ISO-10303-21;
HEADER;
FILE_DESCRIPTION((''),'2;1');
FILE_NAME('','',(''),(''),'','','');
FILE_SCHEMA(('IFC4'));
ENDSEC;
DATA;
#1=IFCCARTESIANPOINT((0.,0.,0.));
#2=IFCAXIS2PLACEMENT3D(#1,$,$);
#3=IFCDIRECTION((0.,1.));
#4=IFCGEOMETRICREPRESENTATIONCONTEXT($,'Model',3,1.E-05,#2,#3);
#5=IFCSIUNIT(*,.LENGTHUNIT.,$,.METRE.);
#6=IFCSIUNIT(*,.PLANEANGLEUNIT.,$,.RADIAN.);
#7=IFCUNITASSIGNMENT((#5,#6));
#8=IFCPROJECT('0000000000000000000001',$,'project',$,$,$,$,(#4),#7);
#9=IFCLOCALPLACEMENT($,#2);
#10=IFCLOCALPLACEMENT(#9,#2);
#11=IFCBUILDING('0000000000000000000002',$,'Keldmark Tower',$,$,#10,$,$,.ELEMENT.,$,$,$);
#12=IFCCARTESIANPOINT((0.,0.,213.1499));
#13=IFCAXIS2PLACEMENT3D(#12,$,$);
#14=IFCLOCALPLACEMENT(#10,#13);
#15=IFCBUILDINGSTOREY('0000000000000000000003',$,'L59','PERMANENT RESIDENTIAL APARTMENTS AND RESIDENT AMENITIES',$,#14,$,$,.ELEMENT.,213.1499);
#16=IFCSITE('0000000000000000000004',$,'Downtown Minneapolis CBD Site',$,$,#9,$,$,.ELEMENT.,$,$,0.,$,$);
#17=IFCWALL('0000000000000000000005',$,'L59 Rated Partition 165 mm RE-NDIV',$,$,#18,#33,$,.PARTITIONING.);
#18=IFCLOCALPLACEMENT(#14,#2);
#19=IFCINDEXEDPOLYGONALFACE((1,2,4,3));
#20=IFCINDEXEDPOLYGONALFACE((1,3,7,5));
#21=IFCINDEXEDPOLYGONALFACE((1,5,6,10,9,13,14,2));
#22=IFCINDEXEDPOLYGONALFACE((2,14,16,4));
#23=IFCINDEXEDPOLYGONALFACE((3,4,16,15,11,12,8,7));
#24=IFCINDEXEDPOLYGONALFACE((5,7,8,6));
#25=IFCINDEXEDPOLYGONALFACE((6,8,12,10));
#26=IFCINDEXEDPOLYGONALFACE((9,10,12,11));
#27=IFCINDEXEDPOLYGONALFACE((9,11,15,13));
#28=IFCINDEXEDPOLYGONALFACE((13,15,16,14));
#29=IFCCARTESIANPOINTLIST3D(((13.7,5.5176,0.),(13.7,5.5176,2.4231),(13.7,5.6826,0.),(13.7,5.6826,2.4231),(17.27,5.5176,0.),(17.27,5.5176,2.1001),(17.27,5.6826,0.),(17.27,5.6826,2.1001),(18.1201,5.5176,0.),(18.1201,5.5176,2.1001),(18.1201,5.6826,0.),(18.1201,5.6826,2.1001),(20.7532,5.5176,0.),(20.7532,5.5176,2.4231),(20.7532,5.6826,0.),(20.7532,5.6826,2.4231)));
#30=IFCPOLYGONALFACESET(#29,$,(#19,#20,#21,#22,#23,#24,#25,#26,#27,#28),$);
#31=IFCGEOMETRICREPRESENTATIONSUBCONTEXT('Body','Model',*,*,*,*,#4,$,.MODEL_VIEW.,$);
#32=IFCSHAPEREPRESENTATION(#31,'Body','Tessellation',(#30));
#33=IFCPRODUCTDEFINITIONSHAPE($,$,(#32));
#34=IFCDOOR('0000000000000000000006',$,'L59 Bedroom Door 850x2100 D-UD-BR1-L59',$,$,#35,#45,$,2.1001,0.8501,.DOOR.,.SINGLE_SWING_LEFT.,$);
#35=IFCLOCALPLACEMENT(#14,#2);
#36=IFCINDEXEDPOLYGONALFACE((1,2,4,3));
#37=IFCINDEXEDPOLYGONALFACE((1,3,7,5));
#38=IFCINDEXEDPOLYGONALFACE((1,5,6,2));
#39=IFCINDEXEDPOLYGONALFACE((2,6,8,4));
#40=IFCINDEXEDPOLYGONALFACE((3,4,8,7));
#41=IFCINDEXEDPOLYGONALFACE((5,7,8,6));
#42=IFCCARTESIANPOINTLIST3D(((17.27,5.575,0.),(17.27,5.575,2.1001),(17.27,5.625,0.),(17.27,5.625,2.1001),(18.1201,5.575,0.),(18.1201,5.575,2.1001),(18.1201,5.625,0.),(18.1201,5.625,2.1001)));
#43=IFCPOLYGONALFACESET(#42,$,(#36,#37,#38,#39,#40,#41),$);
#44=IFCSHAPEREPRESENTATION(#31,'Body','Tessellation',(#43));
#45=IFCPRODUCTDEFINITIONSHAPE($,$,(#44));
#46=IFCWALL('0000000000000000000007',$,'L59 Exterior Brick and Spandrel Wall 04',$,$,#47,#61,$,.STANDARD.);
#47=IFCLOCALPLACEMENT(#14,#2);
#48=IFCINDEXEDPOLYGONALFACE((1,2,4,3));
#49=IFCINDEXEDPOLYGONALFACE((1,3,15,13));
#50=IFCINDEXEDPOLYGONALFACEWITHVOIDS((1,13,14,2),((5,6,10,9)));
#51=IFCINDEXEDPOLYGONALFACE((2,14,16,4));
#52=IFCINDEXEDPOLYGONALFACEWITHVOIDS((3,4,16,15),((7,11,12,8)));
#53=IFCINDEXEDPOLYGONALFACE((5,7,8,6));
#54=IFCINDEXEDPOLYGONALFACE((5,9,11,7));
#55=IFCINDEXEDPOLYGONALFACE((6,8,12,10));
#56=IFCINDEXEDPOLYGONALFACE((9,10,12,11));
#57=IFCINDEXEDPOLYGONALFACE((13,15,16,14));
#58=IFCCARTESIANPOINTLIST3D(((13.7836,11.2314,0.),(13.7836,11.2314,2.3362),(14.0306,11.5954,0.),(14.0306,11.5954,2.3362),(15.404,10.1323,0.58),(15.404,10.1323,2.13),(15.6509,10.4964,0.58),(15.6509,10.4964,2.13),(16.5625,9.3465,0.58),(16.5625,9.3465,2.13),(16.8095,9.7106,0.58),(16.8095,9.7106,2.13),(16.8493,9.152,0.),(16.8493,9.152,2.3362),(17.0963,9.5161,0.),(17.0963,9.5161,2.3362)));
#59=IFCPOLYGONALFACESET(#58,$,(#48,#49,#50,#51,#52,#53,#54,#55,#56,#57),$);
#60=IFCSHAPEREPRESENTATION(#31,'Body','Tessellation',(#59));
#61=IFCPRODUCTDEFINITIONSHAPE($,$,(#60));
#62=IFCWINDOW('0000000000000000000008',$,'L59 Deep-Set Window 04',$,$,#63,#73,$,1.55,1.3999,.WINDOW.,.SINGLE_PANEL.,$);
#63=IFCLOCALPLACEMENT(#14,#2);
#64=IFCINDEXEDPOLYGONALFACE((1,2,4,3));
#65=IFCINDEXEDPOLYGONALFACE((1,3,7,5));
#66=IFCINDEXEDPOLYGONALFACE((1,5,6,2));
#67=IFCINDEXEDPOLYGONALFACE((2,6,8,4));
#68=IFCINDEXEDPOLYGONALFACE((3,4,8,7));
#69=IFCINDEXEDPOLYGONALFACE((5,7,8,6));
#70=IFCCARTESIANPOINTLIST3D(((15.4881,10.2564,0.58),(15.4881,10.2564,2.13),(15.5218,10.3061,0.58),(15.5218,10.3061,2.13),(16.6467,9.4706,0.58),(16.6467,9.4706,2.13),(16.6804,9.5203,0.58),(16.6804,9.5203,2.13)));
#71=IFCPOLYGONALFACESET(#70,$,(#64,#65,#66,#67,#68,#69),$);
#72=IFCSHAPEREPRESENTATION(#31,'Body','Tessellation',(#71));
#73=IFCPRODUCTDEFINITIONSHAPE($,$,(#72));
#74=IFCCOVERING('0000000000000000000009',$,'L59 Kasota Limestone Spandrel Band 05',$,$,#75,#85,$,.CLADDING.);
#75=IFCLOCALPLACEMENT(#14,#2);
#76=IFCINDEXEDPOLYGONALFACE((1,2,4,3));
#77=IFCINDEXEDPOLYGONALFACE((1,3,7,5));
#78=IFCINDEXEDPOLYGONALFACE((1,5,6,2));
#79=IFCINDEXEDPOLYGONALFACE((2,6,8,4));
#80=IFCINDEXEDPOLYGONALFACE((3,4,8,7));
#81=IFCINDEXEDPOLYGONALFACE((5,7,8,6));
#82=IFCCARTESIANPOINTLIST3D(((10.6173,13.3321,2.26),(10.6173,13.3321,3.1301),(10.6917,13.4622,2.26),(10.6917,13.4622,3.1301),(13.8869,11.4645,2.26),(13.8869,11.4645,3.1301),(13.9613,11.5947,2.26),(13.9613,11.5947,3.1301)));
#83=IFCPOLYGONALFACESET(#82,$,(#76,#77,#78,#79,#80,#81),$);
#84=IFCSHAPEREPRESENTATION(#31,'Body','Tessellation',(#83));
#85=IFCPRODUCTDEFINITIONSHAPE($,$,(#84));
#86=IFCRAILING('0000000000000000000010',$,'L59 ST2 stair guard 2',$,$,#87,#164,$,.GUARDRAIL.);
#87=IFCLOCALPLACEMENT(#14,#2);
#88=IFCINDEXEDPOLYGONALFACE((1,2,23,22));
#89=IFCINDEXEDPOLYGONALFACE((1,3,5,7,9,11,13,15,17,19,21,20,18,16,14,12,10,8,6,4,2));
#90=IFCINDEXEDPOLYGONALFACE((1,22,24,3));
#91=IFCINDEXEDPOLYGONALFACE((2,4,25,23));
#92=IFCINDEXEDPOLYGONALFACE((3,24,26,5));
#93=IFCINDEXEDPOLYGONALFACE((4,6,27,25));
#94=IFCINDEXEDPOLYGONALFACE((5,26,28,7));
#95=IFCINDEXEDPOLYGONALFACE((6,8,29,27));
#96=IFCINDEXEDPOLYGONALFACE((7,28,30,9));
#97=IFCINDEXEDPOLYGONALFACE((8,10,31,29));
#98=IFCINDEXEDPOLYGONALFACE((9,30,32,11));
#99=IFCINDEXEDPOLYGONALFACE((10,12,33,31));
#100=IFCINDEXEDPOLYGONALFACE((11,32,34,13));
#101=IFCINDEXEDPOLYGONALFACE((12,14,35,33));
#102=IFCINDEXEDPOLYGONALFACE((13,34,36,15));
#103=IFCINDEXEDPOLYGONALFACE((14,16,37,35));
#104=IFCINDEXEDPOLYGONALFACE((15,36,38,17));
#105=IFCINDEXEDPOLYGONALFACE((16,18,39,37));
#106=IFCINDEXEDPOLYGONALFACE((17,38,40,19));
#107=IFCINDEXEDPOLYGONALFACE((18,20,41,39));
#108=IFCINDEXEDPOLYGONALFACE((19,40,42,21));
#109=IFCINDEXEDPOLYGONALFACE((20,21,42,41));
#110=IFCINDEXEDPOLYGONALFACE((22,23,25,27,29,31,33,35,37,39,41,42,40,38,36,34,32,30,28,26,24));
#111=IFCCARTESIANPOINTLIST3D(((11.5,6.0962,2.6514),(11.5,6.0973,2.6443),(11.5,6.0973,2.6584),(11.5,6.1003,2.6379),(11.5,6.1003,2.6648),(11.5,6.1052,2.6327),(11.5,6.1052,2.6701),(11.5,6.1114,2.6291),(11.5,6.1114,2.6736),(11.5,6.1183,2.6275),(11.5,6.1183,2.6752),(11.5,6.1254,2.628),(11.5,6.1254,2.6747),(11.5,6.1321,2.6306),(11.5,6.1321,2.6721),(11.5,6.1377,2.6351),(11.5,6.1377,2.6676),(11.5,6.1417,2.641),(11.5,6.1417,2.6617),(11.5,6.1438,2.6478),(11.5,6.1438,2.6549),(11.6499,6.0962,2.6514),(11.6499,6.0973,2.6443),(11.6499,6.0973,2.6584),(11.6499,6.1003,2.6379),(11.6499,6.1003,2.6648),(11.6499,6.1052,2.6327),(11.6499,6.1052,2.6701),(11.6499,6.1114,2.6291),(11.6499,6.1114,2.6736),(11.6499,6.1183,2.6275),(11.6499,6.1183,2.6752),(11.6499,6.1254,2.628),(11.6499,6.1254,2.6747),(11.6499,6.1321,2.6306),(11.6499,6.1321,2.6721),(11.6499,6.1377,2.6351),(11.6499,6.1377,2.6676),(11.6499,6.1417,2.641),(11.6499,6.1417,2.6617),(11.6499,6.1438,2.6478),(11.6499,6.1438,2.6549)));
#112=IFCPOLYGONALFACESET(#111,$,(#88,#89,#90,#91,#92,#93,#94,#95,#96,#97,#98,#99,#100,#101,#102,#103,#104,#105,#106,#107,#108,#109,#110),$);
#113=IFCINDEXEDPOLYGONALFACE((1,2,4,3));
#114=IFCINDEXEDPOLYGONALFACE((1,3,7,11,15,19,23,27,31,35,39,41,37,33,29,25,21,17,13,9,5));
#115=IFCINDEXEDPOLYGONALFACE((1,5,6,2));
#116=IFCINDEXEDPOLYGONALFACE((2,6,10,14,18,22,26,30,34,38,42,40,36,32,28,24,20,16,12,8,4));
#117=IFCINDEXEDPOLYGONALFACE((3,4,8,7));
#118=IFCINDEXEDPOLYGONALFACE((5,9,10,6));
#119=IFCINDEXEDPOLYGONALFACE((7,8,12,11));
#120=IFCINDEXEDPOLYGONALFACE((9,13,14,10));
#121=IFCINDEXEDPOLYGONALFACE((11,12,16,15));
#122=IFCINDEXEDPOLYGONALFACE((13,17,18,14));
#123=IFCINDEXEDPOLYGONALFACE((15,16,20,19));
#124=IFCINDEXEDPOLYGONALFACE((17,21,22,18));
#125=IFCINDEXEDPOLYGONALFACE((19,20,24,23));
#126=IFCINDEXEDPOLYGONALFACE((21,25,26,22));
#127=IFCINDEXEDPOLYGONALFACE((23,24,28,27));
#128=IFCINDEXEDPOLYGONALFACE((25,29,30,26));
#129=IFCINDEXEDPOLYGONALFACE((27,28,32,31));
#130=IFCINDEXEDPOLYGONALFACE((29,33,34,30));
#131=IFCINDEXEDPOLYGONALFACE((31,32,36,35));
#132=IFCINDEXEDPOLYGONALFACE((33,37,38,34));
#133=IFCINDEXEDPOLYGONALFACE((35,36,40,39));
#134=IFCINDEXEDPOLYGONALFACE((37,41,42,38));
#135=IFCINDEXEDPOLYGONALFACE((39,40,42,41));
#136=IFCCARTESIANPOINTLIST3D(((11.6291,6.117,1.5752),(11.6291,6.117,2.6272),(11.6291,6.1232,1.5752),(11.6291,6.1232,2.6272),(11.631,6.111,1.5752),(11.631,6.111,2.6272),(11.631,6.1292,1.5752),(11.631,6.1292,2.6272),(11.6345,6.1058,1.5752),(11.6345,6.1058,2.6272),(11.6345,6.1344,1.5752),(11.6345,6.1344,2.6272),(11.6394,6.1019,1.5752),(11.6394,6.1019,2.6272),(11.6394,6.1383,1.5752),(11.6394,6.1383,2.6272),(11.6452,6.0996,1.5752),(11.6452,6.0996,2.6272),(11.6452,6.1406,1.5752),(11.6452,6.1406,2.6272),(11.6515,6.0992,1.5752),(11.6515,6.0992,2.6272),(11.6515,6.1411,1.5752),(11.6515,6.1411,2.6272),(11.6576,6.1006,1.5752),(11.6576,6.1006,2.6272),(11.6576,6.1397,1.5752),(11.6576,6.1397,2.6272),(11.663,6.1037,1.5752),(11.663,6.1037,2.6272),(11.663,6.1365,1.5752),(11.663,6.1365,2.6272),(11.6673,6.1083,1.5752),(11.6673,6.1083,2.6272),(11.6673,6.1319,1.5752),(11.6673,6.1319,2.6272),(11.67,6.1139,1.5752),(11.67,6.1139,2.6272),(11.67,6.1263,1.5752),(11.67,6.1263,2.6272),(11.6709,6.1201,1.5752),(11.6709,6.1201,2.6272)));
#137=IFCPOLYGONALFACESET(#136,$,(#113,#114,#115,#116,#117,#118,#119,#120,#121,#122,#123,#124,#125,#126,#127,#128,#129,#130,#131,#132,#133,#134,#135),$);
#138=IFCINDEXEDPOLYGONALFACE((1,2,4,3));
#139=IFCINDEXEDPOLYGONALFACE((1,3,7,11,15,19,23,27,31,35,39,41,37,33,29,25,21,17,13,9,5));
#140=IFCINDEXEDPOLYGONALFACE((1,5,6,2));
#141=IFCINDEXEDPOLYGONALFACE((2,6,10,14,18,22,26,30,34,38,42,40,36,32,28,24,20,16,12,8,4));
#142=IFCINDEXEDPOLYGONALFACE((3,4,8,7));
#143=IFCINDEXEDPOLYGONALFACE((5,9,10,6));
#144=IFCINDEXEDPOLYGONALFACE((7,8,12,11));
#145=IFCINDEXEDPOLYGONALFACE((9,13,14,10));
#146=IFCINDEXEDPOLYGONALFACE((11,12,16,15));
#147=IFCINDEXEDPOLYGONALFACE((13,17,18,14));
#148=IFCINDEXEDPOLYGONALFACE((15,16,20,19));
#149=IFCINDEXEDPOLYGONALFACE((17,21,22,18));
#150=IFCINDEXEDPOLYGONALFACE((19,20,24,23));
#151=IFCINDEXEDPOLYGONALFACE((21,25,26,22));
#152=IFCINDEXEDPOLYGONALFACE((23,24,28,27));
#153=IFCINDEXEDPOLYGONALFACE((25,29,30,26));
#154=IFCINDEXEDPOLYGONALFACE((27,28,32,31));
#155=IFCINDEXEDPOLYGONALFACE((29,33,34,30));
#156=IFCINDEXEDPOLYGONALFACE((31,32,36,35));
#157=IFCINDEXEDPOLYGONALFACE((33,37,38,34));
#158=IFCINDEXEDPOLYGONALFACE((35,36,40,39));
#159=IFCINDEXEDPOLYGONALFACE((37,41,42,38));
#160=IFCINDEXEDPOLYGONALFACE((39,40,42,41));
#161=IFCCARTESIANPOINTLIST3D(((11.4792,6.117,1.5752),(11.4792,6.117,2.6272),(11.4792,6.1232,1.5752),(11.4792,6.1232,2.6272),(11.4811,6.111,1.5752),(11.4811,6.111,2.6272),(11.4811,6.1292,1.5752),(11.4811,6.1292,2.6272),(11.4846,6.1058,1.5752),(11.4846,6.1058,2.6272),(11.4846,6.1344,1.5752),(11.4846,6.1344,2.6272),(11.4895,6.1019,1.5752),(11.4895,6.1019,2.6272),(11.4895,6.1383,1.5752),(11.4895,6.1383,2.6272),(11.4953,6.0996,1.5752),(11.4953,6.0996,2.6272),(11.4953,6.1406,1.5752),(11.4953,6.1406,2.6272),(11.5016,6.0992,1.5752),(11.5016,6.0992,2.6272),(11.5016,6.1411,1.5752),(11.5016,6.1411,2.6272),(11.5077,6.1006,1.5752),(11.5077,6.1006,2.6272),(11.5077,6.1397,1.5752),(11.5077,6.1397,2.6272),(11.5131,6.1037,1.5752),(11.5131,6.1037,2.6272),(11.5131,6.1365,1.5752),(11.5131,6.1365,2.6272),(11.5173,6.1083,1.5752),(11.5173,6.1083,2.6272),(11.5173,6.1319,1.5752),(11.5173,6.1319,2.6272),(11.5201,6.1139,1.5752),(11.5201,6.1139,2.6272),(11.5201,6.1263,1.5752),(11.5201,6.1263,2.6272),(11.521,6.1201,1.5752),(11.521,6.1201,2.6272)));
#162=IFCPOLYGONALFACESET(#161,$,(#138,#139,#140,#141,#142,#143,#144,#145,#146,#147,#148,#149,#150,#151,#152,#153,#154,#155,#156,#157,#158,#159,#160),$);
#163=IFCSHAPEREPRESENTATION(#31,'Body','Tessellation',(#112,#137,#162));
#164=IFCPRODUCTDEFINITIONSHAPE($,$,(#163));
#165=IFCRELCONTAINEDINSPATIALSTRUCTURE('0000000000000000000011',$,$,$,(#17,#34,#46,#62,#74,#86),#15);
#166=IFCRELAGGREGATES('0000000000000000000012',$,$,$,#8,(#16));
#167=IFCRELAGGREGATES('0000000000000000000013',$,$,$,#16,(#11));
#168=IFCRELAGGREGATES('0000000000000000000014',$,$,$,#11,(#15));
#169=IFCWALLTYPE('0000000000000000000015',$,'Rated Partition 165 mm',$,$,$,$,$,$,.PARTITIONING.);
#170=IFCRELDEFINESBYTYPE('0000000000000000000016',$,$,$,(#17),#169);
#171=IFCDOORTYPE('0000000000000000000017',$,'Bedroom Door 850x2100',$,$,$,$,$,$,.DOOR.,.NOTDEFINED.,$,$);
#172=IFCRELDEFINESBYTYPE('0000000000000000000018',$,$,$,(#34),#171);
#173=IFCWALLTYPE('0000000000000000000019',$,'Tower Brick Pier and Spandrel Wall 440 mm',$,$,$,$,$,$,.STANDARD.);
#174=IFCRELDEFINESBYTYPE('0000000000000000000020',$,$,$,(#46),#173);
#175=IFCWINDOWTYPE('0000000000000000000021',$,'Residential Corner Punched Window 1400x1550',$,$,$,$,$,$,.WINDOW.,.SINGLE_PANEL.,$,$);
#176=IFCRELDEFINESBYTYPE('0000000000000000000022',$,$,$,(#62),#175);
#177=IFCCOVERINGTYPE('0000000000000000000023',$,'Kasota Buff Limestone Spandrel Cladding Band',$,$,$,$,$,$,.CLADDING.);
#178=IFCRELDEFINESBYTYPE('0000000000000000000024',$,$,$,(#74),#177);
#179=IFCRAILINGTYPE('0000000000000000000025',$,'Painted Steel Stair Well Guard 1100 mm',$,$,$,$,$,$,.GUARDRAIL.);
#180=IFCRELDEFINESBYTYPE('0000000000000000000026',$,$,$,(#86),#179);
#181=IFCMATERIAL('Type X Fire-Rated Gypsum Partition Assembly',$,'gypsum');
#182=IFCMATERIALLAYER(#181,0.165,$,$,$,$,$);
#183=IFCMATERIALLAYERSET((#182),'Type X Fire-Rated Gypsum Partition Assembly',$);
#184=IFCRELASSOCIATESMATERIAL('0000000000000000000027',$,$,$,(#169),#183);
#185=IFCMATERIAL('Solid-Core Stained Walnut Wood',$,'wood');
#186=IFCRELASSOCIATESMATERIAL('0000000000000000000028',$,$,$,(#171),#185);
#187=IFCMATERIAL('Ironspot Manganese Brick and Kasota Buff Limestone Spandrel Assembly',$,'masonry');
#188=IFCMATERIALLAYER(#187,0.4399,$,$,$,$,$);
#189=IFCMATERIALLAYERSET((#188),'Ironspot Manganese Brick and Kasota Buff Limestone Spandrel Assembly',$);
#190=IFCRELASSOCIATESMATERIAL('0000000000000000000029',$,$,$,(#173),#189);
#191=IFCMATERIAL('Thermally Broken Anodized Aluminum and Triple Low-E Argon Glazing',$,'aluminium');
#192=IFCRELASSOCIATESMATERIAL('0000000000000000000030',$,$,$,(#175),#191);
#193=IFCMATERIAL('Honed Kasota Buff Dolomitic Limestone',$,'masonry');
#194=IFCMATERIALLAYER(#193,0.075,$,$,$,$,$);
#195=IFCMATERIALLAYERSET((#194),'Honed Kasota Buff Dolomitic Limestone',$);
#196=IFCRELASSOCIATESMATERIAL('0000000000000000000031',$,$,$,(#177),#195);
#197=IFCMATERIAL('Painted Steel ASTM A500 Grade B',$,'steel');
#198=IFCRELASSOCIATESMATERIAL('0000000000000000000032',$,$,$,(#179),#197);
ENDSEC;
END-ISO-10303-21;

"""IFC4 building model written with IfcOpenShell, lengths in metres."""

from ifc_helpers import new_model, si_unit, direction, frame, frame_2d, origin, origin_2d, place, context, subcontext, project, spatial, rectangle, circle, extrude, material, layer, layer_set, type_object, element, fill, save


model = new_model("IFC4")

# Units and contexts
model_context = context("Model", 3, precision=1e-05, world=origin(), true_north=direction((0.0, 1.0)))
body_context = subcontext(model_context, "Body", "Model", "MODEL_VIEW")
ifc_project = project(units=[si_unit("LENGTHUNIT", "METRE"), si_unit("PLANEANGLEUNIT", "RADIAN")], contexts=[model_context])

# Site, building, storey
site_placement = place(None, origin())
site = spatial("IfcSite", under=ifc_project, at=site_placement, Name="Downtown Minneapolis CBD Site", CompositionType="ELEMENT", RefElevation=0.0)
building_placement = place(site_placement, origin())
building = spatial("IfcBuilding", under=site, at=building_placement, Name="Keldmark Tower", CompositionType="ELEMENT")
storey_placement = place(building_placement, frame((0.0, 0.0, 213.1499)))
storey = spatial("IfcBuildingStorey", under=building, at=storey_placement, Name="L59", Description="PERMANENT RESIDENTIAL APARTMENTS AND RESIDENT AMENITIES", CompositionType="ELEMENT", Elevation=213.1499)

# Wall, opening, door
ifc_material_1 = material(Name="Type X Fire-Rated Gypsum Partition Assembly", Category="gypsum")
ifc_layer_1 = layer(ifc_material_1, 0.165)
ifc_layer_set_1 = layer_set([ifc_layer_1], Name="Type X Fire-Rated Gypsum Partition Assembly")
wall_type_1 = type_object("IfcWallType", Name="Rated Partition 165 mm", PredefinedType="PARTITIONING", material=ifc_layer_set_1)
wall_1_placement = place(storey_placement, frame((13.7, 5.6001, 0.0), z_axis=(0.0, 0.0, 1.0), x_axis=(1.0, 0.0, 0.0)))
wall_1 = element("IfcWall", 1, at=wall_1_placement, inside=storey, type_object=wall_type_1, Name="L59 Rated Partition 165 mm RE-NDIV", PredefinedType="PARTITIONING", context=body_context, shape_type="SweptSolid", body=[
    extrude(rectangle(XDim=7.0532, YDim=0.165, at=frame_2d((3.5266, 0.0))), origin(), (0.0, 0.0, 1.0), 2.4231),
])
opening_1_placement = place(wall_1_placement, frame((3.5701, 0.0, 0.0)))
opening_1 = element("IfcOpeningElement", 2, at=opening_1_placement, cuts=wall_1, PredefinedType="OPENING", context=body_context, shape_type="SweptSolid", body=[
    extrude(rectangle(XDim=0.8501, YDim=2.1001, at=frame_2d((0.425, 1.05))), frame((0.0, 0.0925, 0.0), z_axis=(0.0, -1.0, 0.0), x_axis=(1.0, 0.0, 0.0)), (0.0, 0.0, 1.0), 0.1851),
])
ifc_material_2 = material(Name="Solid-Core Stained Walnut Wood", Category="wood")
door_type_1 = type_object("IfcDoorType", Name="Bedroom Door 850x2100", OperationType="NOTDEFINED", PredefinedType="DOOR", material=ifc_material_2)
door_1_placement = place(opening_1_placement, origin())
door_1 = element("IfcDoor", 3, at=door_1_placement, inside=storey, type_object=door_type_1, Name="L59 Bedroom Door 850x2100 D-UD-BR1-L59", OperationType="SINGLE_SWING_LEFT", OverallHeight=2.1001, OverallWidth=0.8501, PredefinedType="DOOR", context=body_context, shape_type="SweptSolid", body=[
    extrude(rectangle(XDim=0.8501, YDim=2.1001, at=frame_2d((0.425, 1.05))), frame((0.0, 0.0249, 0.0), z_axis=(0.0, -1.0, 0.0), x_axis=(1.0, 0.0, 0.0)), (0.0, 0.0, 1.0), 0.05),
])
fill(opening_1, door_1)

# Wall, opening, window
ifc_material_3 = material(Name="Ironspot Manganese Brick and Kasota Buff Limestone Spandrel Assembly", Category="masonry")
ifc_layer_2 = layer(ifc_material_3, 0.4399)
ifc_layer_set_2 = layer_set([ifc_layer_2], Name="Ironspot Manganese Brick and Kasota Buff Limestone Spandrel Assembly")
wall_type_2 = type_object("IfcWallType", Name="Tower Brick Pier and Spandrel Wall 440 mm", PredefinedType="STANDARD", material=ifc_layer_set_2)
wall_2_placement = place(storey_placement, frame((13.9072, 11.4133, 0.0), z_axis=(0.0, 0.0, 1.0), x_axis=(0.827593, -0.561329, 0.0)))
wall_2 = element("IfcWall", 4, at=wall_2_placement, inside=storey, type_object=wall_type_2, Name="L59 Exterior Brick and Spandrel Wall 04", PredefinedType="STANDARD", context=body_context, shape_type="SweptSolid", body=[
    extrude(rectangle(XDim=3.7043, YDim=0.4399, at=frame_2d((1.8521, 0.0))), origin(), (0.0, 0.0, 1.0), 2.3362),
])
opening_2_placement = place(wall_2_placement, frame((1.9578, 0.0, 0.5801)))
opening_2 = element("IfcOpeningElement", 5, at=opening_2_placement, cuts=wall_2, PredefinedType="OPENING", context=body_context, shape_type="SweptSolid", body=[
    extrude(rectangle(XDim=1.3999, YDim=1.55, at=frame_2d((0.7, 0.7749))), frame((0.0, 0.23, 0.0), z_axis=(0.0, -1.0, 0.0), x_axis=(1.0, 0.0, 0.0)), (0.0, 0.0, 1.0), 0.46),
])
ifc_material_4 = material(Name="Thermally Broken Anodized Aluminum and Triple Low-E Argon Glazing", Category="aluminium")
window_type = type_object("IfcWindowType", Name="Residential Corner Punched Window 1400x1550", PartitioningType="SINGLE_PANEL", PredefinedType="WINDOW", material=ifc_material_4)
window_placement = place(opening_2_placement, origin())
window = element("IfcWindow", 6, at=window_placement, inside=storey, type_object=window_type, Name="L59 Deep-Set Window 04", OverallHeight=1.55, OverallWidth=1.3999, PartitioningType="SINGLE_PANEL", PredefinedType="WINDOW", context=body_context, shape_type="SweptSolid", body=[
    extrude(rectangle(XDim=1.3999, YDim=1.55, at=frame_2d((0.7, 0.7749))), frame((0.0, -0.01, 0.0), z_axis=(0.0, -1.0, 0.0), x_axis=(1.0, 0.0, 0.0)), (0.0, 0.0, 1.0), 0.0601),
])
fill(opening_2, window)

# Covering
ifc_material_5 = material(Name="Honed Kasota Buff Dolomitic Limestone", Category="masonry")
ifc_layer_3 = layer(ifc_material_5, 0.075)
ifc_layer_set_3 = layer_set([ifc_layer_3], Name="Honed Kasota Buff Dolomitic Limestone")
covering_type = type_object("IfcCoveringType", Name="Kasota Buff Limestone Spandrel Cladding Band", PredefinedType="CLADDING", material=ifc_layer_set_3)
covering_placement = place(storey_placement, frame((12.2893, 12.4634, 2.26), z_axis=(0.0, 0.0, 1.0), x_axis=(-0.868337, 0.495974, 0.0)))
element("IfcCovering", 7, at=covering_placement, inside=storey, type_object=covering_type, Name="L59 Kasota Limestone Spandrel Band 05", PredefinedType="CLADDING", context=body_context, shape_type="SweptSolid", body=[
    extrude(rectangle(XDim=3.7654, YDim=0.1499, at=origin_2d()), origin(), (0.0, 0.0, 1.0), 0.8701),
])

# Railing
ifc_material_6 = material(Name="Painted Steel ASTM A500 Grade B", Category="steel")
railing_type = type_object("IfcRailingType", Name="Painted Steel Stair Well Guard 1100 mm", PredefinedType="GUARDRAIL", material=ifc_material_6)
railing_1_placement = place(storey_placement, frame((11.6499, 6.1201, 1.5752)))
element("IfcRailing", 8, at=railing_1_placement, inside=storey, type_object=railing_type, Name="L59 ST2 stair guard 2", PredefinedType="GUARDRAIL", context=body_context, shape_type="SweptSolid", body=[
    extrude(circle(Radius=0.0239, at=origin_2d()), frame((0.0, 0.0, 1.0762), z_axis=(-1.0, 0.0, 0.0), x_axis=(0.0, -1.0, 0.0)), (0.0, 0.0, 1.0), 0.1499),
    extrude(circle(Radius=0.021, at=origin_2d()), origin(), (0.0, 0.0, 1.0), 1.052),
    extrude(circle(Radius=0.021, at=origin_2d()), frame((-0.1499, 0.0, 0.0)), (0.0, 0.0, 1.0), 1.052),
])

save(model, "model.ifc")
